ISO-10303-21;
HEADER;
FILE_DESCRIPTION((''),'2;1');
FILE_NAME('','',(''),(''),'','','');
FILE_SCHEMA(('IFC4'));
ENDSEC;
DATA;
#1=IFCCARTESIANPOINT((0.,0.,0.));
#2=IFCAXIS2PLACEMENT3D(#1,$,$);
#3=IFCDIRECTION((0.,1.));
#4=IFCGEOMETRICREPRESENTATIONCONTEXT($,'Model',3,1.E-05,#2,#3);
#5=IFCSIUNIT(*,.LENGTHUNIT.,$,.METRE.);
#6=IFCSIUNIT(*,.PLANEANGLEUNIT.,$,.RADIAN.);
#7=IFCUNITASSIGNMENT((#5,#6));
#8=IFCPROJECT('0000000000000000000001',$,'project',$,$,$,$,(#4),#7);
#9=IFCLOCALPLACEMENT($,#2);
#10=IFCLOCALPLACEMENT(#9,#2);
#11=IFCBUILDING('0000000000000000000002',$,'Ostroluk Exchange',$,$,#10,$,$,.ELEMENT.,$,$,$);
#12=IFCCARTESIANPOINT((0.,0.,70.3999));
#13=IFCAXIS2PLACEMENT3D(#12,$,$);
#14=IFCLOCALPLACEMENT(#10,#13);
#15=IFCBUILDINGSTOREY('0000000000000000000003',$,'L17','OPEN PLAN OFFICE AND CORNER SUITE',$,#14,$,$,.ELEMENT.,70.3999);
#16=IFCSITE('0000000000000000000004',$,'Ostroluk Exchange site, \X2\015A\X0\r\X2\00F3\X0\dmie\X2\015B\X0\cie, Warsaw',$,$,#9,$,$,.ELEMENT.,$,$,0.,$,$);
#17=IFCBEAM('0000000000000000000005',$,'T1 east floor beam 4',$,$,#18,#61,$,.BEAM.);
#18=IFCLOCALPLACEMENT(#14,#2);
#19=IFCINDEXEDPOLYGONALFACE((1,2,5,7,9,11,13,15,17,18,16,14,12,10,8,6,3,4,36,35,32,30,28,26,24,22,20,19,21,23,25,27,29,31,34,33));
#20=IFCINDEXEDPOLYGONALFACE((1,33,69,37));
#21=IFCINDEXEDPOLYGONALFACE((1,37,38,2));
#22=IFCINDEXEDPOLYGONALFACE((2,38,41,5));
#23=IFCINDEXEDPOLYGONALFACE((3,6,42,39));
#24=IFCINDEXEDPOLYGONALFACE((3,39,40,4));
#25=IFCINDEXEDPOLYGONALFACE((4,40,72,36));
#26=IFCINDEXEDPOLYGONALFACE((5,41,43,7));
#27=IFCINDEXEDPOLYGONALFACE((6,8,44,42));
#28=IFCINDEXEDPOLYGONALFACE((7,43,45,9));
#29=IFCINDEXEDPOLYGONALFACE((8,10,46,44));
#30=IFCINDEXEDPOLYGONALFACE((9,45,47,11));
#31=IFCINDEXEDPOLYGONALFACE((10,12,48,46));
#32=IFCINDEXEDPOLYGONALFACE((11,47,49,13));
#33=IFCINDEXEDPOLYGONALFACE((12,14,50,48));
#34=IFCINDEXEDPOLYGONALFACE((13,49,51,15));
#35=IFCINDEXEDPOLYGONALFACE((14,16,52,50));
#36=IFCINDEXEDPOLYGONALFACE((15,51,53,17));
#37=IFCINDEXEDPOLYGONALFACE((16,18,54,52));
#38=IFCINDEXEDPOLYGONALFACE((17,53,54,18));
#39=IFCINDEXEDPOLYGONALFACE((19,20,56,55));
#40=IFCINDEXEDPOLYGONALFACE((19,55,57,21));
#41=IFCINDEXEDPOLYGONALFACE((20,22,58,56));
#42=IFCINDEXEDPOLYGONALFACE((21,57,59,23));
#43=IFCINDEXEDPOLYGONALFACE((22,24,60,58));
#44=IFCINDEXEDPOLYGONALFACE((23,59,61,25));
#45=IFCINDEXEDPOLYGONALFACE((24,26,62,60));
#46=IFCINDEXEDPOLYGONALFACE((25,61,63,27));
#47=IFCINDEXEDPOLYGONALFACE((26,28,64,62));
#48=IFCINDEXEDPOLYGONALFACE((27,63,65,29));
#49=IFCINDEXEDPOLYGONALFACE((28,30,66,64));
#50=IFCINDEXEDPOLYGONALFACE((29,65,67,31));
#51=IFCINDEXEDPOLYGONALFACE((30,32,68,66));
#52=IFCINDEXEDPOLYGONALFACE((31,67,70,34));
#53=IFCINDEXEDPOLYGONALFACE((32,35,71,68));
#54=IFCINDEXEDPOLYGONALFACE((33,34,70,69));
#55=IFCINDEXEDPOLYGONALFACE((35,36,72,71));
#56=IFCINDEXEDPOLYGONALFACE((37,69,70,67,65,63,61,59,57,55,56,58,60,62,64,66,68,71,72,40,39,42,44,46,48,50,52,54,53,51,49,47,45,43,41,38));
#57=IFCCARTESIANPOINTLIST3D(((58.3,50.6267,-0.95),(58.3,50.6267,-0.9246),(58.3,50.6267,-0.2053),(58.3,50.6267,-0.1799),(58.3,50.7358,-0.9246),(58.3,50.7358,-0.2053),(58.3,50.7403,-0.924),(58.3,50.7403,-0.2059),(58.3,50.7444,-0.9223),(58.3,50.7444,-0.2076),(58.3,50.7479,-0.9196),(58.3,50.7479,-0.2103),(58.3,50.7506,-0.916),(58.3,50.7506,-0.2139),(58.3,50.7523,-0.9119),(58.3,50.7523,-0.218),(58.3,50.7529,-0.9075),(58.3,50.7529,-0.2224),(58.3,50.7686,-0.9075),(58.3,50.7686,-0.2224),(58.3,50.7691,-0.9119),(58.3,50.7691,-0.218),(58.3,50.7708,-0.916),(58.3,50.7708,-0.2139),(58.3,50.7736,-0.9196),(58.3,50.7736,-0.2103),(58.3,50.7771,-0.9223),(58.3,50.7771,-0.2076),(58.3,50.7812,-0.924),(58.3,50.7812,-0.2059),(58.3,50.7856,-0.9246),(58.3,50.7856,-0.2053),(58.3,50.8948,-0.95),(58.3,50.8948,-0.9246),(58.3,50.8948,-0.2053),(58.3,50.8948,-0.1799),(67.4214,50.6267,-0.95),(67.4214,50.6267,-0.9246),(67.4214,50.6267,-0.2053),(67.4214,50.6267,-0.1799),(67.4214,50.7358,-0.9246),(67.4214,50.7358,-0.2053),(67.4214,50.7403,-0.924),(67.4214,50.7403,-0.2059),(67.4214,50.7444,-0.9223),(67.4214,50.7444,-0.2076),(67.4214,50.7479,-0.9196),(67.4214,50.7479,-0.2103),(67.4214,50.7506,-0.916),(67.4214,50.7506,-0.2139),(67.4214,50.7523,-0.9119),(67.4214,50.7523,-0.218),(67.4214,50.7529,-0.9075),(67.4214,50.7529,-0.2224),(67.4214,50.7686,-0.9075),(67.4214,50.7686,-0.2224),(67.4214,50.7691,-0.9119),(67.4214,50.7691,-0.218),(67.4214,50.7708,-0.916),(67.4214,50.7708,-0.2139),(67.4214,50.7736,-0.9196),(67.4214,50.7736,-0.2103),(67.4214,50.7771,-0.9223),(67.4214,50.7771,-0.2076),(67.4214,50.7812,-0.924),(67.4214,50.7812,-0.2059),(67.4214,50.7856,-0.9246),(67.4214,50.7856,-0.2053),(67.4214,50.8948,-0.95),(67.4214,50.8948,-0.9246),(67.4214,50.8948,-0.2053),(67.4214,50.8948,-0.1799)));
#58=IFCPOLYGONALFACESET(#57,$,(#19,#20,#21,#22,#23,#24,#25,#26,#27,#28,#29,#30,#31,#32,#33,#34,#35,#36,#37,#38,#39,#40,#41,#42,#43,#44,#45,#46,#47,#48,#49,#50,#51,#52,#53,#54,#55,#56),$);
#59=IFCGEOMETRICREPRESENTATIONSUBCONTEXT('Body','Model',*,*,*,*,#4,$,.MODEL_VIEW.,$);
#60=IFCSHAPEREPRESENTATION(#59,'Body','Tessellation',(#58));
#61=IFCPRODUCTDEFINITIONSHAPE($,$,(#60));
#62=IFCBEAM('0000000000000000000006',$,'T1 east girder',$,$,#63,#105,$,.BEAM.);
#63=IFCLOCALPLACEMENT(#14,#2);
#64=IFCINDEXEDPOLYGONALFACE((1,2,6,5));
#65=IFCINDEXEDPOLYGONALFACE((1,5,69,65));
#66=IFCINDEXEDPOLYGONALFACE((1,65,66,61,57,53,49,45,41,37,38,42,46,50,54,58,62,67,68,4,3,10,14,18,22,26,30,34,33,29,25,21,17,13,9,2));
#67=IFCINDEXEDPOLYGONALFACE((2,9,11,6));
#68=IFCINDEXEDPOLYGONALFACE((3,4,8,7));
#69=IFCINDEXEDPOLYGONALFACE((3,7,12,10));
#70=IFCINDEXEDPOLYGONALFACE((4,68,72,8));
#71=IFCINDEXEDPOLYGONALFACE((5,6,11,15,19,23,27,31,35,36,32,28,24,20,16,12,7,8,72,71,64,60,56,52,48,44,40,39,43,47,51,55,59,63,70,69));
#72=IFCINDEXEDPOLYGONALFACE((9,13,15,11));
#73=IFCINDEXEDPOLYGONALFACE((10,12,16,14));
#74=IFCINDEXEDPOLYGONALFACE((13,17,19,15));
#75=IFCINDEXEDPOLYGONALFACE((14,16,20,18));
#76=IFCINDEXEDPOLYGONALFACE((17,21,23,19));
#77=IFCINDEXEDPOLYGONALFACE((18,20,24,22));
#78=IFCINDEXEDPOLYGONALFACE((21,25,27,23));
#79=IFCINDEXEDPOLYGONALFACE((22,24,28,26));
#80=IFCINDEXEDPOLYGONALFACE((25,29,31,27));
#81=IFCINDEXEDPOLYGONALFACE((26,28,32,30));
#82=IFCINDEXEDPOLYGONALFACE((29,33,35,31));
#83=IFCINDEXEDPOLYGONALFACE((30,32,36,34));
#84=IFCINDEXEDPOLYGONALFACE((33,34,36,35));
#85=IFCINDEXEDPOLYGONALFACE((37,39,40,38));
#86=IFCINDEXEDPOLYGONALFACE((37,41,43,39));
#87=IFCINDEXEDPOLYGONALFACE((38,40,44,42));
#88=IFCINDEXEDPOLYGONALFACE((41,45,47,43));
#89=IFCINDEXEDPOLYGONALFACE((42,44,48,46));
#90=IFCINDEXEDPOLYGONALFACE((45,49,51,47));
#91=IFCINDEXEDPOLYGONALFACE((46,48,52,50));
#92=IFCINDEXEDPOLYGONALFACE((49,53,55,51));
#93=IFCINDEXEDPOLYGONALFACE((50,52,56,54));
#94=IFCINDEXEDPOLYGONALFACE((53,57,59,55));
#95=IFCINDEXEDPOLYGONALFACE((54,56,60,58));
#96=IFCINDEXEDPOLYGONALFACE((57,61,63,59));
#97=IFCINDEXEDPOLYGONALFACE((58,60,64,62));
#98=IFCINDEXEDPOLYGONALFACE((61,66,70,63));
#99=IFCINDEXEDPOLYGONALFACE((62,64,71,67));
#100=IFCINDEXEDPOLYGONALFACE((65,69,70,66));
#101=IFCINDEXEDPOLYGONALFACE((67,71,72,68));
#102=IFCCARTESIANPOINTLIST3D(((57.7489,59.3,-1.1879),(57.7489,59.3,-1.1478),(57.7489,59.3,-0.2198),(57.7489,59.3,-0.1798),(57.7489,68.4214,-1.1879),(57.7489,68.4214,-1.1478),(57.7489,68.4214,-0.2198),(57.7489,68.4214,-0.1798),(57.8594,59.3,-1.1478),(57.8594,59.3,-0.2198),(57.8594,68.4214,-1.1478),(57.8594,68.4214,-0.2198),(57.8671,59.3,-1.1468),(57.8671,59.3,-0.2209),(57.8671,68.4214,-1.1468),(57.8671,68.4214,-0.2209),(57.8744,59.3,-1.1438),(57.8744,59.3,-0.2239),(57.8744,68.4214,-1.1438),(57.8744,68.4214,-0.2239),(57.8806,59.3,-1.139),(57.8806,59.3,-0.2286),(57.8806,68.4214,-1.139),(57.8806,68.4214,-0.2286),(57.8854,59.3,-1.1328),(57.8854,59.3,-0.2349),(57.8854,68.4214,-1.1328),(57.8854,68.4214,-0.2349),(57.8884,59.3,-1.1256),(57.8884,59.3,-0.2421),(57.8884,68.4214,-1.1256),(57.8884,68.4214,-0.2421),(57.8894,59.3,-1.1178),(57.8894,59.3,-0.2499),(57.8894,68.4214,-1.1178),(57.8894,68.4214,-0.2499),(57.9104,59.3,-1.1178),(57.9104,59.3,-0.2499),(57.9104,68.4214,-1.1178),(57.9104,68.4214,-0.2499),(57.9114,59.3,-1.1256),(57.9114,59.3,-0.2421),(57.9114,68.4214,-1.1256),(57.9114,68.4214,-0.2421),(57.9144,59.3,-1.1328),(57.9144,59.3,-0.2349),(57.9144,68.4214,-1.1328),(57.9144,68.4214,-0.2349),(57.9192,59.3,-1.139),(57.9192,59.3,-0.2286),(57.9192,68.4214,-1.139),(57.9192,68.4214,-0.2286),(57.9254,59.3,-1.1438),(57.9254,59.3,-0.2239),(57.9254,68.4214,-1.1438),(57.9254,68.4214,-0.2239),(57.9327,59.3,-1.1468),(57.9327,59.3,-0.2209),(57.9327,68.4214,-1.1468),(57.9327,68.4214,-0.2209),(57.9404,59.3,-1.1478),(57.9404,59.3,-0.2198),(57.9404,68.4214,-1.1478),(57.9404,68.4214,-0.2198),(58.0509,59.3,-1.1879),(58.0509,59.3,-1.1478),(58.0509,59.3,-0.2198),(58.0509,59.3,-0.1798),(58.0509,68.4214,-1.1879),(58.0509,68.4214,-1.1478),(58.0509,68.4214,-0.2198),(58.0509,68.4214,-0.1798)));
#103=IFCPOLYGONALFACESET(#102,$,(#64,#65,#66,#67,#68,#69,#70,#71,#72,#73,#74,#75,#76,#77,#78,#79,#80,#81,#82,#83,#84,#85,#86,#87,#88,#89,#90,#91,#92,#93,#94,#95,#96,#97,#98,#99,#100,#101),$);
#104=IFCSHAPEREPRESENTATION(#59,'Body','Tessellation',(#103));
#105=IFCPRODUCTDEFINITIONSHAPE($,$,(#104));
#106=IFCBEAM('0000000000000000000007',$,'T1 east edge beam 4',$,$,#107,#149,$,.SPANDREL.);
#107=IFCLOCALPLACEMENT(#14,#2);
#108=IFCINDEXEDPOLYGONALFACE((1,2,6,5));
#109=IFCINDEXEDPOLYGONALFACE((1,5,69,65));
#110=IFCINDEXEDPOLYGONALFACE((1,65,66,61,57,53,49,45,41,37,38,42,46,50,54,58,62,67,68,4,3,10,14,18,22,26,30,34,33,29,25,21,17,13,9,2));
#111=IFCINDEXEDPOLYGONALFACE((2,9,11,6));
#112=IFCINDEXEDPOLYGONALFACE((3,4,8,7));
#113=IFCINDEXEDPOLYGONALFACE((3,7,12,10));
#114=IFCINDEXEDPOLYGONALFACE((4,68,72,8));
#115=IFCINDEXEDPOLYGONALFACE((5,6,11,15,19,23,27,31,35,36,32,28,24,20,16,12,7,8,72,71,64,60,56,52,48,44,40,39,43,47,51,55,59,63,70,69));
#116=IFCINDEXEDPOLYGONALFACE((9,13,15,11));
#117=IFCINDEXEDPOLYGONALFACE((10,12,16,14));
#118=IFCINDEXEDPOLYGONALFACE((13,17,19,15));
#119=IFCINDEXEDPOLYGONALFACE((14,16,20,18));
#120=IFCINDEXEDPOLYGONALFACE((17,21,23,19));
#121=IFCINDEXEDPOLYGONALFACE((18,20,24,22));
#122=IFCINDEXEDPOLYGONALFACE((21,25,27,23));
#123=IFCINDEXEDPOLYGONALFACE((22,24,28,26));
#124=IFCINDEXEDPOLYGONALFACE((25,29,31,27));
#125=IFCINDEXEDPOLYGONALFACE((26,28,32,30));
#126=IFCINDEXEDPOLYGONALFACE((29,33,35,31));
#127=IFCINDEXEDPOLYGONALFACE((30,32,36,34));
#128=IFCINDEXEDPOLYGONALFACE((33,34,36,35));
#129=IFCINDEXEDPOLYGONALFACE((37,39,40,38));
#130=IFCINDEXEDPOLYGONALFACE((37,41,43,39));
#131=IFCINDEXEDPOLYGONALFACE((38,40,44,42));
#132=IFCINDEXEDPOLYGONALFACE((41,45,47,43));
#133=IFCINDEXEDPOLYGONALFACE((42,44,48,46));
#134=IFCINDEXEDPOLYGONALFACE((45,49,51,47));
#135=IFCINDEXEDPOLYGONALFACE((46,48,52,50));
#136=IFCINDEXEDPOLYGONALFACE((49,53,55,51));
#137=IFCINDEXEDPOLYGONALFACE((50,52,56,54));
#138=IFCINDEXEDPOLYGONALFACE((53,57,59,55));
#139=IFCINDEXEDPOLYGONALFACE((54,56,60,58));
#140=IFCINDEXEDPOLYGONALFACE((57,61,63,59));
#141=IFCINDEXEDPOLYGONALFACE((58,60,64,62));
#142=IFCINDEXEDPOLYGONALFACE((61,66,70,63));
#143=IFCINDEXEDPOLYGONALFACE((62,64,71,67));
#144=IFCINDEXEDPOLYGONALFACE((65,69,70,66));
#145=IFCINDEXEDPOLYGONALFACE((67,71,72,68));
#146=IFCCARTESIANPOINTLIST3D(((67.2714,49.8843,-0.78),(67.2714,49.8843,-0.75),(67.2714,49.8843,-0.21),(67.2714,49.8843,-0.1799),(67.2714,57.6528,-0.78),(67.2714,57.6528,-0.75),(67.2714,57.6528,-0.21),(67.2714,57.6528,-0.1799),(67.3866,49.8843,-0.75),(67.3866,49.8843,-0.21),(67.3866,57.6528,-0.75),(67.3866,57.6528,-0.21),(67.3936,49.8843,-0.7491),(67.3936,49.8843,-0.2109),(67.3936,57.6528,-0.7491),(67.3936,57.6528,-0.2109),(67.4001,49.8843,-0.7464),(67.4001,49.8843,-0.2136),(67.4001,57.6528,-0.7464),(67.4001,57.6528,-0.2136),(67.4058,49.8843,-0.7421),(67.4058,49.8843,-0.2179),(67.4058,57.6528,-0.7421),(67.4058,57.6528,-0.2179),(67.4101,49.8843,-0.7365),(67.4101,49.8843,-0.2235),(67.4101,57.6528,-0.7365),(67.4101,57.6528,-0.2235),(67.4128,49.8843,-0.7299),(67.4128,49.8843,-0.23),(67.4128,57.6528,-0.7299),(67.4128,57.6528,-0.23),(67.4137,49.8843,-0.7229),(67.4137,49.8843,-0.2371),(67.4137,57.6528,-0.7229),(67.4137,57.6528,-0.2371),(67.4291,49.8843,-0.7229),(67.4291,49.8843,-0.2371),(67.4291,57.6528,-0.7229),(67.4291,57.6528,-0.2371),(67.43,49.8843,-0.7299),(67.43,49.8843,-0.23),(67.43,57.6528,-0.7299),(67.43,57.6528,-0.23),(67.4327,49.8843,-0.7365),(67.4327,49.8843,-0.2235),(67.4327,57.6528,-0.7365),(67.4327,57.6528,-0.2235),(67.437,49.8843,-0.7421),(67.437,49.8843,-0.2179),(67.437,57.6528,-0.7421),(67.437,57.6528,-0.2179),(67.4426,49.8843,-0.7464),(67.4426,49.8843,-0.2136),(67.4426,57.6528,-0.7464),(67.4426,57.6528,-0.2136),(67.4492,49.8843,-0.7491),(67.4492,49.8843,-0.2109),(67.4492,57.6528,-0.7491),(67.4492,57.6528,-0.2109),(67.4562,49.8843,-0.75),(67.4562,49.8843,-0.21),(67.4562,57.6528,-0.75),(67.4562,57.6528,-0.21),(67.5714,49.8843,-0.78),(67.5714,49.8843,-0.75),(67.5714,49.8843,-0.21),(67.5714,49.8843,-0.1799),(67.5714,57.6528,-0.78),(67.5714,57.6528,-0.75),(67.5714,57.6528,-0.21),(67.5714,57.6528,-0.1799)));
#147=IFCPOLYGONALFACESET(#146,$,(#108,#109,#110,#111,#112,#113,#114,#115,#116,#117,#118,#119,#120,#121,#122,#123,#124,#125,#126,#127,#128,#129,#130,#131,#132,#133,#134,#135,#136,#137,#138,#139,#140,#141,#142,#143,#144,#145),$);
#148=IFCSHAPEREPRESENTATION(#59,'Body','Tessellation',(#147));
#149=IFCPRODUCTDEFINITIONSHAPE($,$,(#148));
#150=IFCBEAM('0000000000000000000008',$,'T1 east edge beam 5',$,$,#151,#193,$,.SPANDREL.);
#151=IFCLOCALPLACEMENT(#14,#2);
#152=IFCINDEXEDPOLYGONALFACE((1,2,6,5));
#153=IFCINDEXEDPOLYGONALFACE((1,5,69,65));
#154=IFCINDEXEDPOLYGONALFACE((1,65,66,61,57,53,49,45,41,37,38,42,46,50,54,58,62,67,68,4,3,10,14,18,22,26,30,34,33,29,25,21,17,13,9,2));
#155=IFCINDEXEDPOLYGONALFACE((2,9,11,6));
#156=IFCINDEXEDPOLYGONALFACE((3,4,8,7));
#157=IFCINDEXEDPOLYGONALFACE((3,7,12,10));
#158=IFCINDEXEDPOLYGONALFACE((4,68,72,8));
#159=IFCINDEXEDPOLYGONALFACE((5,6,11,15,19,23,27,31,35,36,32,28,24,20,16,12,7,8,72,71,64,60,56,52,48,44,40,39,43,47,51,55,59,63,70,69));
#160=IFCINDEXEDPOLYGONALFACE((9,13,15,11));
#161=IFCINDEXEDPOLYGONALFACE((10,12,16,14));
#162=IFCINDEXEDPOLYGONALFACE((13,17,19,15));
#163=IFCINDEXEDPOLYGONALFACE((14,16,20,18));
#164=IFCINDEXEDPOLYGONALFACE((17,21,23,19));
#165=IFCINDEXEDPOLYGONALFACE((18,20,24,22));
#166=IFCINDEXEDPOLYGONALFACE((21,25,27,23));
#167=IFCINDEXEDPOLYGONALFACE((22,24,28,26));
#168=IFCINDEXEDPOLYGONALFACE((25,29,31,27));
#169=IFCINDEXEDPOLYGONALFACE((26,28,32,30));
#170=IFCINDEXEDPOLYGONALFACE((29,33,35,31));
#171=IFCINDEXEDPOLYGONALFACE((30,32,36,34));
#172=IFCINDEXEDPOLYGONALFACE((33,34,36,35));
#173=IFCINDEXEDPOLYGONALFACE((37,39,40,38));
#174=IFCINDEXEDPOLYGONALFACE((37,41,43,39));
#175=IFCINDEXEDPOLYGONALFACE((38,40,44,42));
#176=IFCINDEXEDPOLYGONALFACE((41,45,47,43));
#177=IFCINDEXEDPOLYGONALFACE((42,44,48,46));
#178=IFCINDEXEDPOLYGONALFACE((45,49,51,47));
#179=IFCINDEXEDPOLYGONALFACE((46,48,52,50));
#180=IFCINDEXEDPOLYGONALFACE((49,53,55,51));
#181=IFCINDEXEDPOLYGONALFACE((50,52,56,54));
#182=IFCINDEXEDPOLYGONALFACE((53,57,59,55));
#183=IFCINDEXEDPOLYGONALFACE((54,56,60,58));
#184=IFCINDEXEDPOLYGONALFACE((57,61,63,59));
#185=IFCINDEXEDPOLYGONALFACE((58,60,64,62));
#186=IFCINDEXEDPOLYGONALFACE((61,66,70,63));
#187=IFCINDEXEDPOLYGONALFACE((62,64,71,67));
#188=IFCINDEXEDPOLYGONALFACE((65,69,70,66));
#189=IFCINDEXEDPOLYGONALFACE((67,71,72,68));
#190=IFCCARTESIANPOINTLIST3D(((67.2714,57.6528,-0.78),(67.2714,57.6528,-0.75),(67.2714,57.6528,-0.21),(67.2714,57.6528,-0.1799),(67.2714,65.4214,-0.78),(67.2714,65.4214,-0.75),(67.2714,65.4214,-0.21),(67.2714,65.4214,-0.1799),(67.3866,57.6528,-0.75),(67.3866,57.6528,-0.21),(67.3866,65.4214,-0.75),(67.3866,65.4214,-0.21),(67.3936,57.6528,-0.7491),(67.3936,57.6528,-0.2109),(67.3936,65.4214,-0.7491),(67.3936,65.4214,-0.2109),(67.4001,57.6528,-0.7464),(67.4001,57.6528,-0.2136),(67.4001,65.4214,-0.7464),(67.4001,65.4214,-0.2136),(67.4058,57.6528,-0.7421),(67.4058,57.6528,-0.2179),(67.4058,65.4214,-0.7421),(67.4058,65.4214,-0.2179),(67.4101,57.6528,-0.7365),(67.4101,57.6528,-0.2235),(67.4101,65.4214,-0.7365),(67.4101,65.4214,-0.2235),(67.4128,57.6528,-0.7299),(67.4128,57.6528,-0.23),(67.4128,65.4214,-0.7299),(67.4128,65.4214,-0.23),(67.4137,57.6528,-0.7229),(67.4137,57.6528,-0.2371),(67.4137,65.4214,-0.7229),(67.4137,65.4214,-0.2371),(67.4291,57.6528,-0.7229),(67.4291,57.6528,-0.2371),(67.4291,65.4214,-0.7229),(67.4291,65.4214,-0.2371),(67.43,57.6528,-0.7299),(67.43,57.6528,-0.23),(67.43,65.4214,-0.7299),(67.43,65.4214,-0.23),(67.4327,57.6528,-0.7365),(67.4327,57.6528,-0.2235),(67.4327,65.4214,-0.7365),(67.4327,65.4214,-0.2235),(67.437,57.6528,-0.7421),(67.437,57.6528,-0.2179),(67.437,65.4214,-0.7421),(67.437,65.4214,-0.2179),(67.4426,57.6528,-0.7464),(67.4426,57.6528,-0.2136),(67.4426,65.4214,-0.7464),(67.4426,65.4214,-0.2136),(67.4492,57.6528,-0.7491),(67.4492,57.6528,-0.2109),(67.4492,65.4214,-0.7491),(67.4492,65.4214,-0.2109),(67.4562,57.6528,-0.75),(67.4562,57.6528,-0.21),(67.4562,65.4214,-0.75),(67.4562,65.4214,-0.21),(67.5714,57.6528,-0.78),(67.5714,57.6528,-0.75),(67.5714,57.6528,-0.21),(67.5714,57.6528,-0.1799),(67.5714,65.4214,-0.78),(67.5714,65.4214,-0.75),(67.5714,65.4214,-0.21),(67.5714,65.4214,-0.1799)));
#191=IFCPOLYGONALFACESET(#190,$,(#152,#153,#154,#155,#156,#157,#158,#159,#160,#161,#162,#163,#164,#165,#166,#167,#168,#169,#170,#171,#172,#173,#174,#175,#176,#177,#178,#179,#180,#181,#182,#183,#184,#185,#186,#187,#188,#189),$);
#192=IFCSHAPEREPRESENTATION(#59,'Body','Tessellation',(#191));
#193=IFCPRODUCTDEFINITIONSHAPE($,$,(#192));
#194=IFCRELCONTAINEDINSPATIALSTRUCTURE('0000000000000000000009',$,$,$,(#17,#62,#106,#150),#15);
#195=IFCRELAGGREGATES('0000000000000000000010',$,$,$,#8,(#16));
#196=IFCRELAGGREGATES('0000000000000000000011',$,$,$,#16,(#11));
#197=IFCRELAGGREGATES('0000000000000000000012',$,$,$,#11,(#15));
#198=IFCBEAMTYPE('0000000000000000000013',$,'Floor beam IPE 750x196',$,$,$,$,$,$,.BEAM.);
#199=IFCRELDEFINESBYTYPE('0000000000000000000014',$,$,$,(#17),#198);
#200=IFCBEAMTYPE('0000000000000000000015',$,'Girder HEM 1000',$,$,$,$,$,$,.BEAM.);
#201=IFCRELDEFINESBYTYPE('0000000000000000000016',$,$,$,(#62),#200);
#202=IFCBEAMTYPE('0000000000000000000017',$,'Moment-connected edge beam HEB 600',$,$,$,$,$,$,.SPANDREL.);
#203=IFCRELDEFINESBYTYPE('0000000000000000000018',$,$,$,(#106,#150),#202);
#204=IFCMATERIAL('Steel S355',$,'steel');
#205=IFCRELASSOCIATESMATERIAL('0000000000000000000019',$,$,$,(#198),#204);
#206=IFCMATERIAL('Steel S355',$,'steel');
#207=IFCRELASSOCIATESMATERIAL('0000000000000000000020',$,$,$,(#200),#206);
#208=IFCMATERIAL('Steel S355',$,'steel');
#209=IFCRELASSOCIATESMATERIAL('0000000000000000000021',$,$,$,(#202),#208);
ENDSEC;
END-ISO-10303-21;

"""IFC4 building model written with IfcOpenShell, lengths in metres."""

from ifc_helpers import new_model, si_unit, direction, frame, origin, origin_2d, place, context, subcontext, project, spatial, i_section, extrude, material, material_profile, profile_set, type_object, element, save


model = new_model("IFC4")

# Units and contexts
model_context = context("Model", 3, precision=1e-05, world=origin(), true_north=direction((0.0, 1.0)))
body_context = subcontext(model_context, "Body", "Model", "MODEL_VIEW")
ifc_project = project(units=[si_unit("LENGTHUNIT", "METRE"), si_unit("PLANEANGLEUNIT", "RADIAN")], contexts=[model_context])

# Site, building, storey
site_placement = place(None, origin())
site = spatial("IfcSite", under=ifc_project, at=site_placement, Name="Ostroluk Exchange site, Śródmieście, Warsaw", CompositionType="ELEMENT", RefElevation=0.0)
building_placement = place(site_placement, origin())
building = spatial("IfcBuilding", under=site, at=building_placement, Name="Ostroluk Exchange", CompositionType="ELEMENT")
storey_placement = place(building_placement, frame((0.0, 0.0, 70.3999)))
storey = spatial("IfcBuildingStorey", under=building, at=storey_placement, Name="L17", Description="OPEN PLAN OFFICE AND CORNER SUITE", CompositionType="ELEMENT", Elevation=70.3999)

# Beams
ifc_material_1 = material(Name="Steel S355", Category="steel")
ifc_material_profile_1 = material_profile(ifc_material_1, i_section(OverallWidth=0.2681, OverallDepth=0.77, WebThickness=0.0156, FlangeThickness=0.0254, FilletRadius=0.0171, at=origin_2d()), Name="IPE 750x196")
ifc_profile_set_1 = profile_set([ifc_material_profile_1], Name="Steel S355")
beam_type_1 = type_object("IfcBeamType", Name="Floor beam IPE 750x196", PredefinedType="BEAM", material=ifc_profile_set_1)
for number, where, z_axis, x_axis, name in (
    (1, (58.3, 50.7607, -0.5649), (1.0, 0.0, 0.0), (0.0, 1.0, 0.0), "T1 east floor beam 4"),
):
    element("IfcBeam", number, at=place(storey_placement, frame(where, z_axis=z_axis, x_axis=x_axis)), inside=storey, type_object=beam_type_1, Name=name, PredefinedType="BEAM", context=body_context, shape_type="SweptSolid", body=[
        extrude(i_section(OverallWidth=0.2681, OverallDepth=0.77, WebThickness=0.0156, FlangeThickness=0.0254, FilletRadius=0.0171, at=origin_2d()), origin(), (0.0, 0.0, 1.0), 9.1213),
    ])
ifc_material_2 = material(Name="Steel S355", Category="steel")
ifc_material_profile_2 = material_profile(ifc_material_2, i_section(OverallWidth=0.302, OverallDepth=1.0081, WebThickness=0.021, FlangeThickness=0.04, FilletRadius=0.03, at=origin_2d()), Name="HEM 1000")
ifc_profile_set_2 = profile_set([ifc_material_profile_2], Name="Steel S355")
beam_type_2 = type_object("IfcBeamType", Name="Girder HEM 1000", PredefinedType="BEAM", material=ifc_profile_set_2)
beam_1_placement = place(storey_placement, frame((57.8999, 59.3, -0.6838), z_axis=(0.0, 1.0, 0.0), x_axis=(-1.0, 0.0, 0.0)))
element("IfcBeam", 2, at=beam_1_placement, inside=storey, type_object=beam_type_2, Name="T1 east girder", PredefinedType="BEAM", context=body_context, shape_type="SweptSolid", body=[
    extrude(i_section(OverallWidth=0.302, OverallDepth=1.0081, WebThickness=0.021, FlangeThickness=0.04, FilletRadius=0.03, at=origin_2d()), origin(), (0.0, 0.0, 1.0), 9.1213),
])
ifc_material_3 = material(Name="Steel S355", Category="steel")
ifc_material_profile_3 = material_profile(ifc_material_3, i_section(OverallWidth=0.3, OverallDepth=0.6001, WebThickness=0.0154, FlangeThickness=0.03, FilletRadius=0.0271, at=origin_2d()), Name="HEB 600")
ifc_profile_set_3 = profile_set([ifc_material_profile_3], Name="Steel S355")
beam_type_3 = type_object("IfcBeamType", Name="Moment-connected edge beam HEB 600", PredefinedType="SPANDREL", material=ifc_profile_set_3)
for number, where, z_axis, x_axis, name in (
    (3, (67.4214, 49.8843, -0.48), (0.0, 1.0, 0.0), (-1.0, 0.0, 0.0), "T1 east edge beam 4"),
    (4, (67.4214, 57.6528, -0.48), (0.0, 1.0, 0.0), (-1.0, 0.0, 0.0), "T1 east edge beam 5"),
):
    element("IfcBeam", number, at=place(storey_placement, frame(where, z_axis=z_axis, x_axis=x_axis)), inside=storey, type_object=beam_type_3, Name=name, PredefinedType="SPANDREL", context=body_context, shape_type="SweptSolid", body=[
        extrude(i_section(OverallWidth=0.3, OverallDepth=0.6001, WebThickness=0.0154, FlangeThickness=0.03, FilletRadius=0.0271, at=origin_2d()), origin(), (0.0, 0.0, 1.0), 7.7686),
    ])

save(model, "model.ifc")
